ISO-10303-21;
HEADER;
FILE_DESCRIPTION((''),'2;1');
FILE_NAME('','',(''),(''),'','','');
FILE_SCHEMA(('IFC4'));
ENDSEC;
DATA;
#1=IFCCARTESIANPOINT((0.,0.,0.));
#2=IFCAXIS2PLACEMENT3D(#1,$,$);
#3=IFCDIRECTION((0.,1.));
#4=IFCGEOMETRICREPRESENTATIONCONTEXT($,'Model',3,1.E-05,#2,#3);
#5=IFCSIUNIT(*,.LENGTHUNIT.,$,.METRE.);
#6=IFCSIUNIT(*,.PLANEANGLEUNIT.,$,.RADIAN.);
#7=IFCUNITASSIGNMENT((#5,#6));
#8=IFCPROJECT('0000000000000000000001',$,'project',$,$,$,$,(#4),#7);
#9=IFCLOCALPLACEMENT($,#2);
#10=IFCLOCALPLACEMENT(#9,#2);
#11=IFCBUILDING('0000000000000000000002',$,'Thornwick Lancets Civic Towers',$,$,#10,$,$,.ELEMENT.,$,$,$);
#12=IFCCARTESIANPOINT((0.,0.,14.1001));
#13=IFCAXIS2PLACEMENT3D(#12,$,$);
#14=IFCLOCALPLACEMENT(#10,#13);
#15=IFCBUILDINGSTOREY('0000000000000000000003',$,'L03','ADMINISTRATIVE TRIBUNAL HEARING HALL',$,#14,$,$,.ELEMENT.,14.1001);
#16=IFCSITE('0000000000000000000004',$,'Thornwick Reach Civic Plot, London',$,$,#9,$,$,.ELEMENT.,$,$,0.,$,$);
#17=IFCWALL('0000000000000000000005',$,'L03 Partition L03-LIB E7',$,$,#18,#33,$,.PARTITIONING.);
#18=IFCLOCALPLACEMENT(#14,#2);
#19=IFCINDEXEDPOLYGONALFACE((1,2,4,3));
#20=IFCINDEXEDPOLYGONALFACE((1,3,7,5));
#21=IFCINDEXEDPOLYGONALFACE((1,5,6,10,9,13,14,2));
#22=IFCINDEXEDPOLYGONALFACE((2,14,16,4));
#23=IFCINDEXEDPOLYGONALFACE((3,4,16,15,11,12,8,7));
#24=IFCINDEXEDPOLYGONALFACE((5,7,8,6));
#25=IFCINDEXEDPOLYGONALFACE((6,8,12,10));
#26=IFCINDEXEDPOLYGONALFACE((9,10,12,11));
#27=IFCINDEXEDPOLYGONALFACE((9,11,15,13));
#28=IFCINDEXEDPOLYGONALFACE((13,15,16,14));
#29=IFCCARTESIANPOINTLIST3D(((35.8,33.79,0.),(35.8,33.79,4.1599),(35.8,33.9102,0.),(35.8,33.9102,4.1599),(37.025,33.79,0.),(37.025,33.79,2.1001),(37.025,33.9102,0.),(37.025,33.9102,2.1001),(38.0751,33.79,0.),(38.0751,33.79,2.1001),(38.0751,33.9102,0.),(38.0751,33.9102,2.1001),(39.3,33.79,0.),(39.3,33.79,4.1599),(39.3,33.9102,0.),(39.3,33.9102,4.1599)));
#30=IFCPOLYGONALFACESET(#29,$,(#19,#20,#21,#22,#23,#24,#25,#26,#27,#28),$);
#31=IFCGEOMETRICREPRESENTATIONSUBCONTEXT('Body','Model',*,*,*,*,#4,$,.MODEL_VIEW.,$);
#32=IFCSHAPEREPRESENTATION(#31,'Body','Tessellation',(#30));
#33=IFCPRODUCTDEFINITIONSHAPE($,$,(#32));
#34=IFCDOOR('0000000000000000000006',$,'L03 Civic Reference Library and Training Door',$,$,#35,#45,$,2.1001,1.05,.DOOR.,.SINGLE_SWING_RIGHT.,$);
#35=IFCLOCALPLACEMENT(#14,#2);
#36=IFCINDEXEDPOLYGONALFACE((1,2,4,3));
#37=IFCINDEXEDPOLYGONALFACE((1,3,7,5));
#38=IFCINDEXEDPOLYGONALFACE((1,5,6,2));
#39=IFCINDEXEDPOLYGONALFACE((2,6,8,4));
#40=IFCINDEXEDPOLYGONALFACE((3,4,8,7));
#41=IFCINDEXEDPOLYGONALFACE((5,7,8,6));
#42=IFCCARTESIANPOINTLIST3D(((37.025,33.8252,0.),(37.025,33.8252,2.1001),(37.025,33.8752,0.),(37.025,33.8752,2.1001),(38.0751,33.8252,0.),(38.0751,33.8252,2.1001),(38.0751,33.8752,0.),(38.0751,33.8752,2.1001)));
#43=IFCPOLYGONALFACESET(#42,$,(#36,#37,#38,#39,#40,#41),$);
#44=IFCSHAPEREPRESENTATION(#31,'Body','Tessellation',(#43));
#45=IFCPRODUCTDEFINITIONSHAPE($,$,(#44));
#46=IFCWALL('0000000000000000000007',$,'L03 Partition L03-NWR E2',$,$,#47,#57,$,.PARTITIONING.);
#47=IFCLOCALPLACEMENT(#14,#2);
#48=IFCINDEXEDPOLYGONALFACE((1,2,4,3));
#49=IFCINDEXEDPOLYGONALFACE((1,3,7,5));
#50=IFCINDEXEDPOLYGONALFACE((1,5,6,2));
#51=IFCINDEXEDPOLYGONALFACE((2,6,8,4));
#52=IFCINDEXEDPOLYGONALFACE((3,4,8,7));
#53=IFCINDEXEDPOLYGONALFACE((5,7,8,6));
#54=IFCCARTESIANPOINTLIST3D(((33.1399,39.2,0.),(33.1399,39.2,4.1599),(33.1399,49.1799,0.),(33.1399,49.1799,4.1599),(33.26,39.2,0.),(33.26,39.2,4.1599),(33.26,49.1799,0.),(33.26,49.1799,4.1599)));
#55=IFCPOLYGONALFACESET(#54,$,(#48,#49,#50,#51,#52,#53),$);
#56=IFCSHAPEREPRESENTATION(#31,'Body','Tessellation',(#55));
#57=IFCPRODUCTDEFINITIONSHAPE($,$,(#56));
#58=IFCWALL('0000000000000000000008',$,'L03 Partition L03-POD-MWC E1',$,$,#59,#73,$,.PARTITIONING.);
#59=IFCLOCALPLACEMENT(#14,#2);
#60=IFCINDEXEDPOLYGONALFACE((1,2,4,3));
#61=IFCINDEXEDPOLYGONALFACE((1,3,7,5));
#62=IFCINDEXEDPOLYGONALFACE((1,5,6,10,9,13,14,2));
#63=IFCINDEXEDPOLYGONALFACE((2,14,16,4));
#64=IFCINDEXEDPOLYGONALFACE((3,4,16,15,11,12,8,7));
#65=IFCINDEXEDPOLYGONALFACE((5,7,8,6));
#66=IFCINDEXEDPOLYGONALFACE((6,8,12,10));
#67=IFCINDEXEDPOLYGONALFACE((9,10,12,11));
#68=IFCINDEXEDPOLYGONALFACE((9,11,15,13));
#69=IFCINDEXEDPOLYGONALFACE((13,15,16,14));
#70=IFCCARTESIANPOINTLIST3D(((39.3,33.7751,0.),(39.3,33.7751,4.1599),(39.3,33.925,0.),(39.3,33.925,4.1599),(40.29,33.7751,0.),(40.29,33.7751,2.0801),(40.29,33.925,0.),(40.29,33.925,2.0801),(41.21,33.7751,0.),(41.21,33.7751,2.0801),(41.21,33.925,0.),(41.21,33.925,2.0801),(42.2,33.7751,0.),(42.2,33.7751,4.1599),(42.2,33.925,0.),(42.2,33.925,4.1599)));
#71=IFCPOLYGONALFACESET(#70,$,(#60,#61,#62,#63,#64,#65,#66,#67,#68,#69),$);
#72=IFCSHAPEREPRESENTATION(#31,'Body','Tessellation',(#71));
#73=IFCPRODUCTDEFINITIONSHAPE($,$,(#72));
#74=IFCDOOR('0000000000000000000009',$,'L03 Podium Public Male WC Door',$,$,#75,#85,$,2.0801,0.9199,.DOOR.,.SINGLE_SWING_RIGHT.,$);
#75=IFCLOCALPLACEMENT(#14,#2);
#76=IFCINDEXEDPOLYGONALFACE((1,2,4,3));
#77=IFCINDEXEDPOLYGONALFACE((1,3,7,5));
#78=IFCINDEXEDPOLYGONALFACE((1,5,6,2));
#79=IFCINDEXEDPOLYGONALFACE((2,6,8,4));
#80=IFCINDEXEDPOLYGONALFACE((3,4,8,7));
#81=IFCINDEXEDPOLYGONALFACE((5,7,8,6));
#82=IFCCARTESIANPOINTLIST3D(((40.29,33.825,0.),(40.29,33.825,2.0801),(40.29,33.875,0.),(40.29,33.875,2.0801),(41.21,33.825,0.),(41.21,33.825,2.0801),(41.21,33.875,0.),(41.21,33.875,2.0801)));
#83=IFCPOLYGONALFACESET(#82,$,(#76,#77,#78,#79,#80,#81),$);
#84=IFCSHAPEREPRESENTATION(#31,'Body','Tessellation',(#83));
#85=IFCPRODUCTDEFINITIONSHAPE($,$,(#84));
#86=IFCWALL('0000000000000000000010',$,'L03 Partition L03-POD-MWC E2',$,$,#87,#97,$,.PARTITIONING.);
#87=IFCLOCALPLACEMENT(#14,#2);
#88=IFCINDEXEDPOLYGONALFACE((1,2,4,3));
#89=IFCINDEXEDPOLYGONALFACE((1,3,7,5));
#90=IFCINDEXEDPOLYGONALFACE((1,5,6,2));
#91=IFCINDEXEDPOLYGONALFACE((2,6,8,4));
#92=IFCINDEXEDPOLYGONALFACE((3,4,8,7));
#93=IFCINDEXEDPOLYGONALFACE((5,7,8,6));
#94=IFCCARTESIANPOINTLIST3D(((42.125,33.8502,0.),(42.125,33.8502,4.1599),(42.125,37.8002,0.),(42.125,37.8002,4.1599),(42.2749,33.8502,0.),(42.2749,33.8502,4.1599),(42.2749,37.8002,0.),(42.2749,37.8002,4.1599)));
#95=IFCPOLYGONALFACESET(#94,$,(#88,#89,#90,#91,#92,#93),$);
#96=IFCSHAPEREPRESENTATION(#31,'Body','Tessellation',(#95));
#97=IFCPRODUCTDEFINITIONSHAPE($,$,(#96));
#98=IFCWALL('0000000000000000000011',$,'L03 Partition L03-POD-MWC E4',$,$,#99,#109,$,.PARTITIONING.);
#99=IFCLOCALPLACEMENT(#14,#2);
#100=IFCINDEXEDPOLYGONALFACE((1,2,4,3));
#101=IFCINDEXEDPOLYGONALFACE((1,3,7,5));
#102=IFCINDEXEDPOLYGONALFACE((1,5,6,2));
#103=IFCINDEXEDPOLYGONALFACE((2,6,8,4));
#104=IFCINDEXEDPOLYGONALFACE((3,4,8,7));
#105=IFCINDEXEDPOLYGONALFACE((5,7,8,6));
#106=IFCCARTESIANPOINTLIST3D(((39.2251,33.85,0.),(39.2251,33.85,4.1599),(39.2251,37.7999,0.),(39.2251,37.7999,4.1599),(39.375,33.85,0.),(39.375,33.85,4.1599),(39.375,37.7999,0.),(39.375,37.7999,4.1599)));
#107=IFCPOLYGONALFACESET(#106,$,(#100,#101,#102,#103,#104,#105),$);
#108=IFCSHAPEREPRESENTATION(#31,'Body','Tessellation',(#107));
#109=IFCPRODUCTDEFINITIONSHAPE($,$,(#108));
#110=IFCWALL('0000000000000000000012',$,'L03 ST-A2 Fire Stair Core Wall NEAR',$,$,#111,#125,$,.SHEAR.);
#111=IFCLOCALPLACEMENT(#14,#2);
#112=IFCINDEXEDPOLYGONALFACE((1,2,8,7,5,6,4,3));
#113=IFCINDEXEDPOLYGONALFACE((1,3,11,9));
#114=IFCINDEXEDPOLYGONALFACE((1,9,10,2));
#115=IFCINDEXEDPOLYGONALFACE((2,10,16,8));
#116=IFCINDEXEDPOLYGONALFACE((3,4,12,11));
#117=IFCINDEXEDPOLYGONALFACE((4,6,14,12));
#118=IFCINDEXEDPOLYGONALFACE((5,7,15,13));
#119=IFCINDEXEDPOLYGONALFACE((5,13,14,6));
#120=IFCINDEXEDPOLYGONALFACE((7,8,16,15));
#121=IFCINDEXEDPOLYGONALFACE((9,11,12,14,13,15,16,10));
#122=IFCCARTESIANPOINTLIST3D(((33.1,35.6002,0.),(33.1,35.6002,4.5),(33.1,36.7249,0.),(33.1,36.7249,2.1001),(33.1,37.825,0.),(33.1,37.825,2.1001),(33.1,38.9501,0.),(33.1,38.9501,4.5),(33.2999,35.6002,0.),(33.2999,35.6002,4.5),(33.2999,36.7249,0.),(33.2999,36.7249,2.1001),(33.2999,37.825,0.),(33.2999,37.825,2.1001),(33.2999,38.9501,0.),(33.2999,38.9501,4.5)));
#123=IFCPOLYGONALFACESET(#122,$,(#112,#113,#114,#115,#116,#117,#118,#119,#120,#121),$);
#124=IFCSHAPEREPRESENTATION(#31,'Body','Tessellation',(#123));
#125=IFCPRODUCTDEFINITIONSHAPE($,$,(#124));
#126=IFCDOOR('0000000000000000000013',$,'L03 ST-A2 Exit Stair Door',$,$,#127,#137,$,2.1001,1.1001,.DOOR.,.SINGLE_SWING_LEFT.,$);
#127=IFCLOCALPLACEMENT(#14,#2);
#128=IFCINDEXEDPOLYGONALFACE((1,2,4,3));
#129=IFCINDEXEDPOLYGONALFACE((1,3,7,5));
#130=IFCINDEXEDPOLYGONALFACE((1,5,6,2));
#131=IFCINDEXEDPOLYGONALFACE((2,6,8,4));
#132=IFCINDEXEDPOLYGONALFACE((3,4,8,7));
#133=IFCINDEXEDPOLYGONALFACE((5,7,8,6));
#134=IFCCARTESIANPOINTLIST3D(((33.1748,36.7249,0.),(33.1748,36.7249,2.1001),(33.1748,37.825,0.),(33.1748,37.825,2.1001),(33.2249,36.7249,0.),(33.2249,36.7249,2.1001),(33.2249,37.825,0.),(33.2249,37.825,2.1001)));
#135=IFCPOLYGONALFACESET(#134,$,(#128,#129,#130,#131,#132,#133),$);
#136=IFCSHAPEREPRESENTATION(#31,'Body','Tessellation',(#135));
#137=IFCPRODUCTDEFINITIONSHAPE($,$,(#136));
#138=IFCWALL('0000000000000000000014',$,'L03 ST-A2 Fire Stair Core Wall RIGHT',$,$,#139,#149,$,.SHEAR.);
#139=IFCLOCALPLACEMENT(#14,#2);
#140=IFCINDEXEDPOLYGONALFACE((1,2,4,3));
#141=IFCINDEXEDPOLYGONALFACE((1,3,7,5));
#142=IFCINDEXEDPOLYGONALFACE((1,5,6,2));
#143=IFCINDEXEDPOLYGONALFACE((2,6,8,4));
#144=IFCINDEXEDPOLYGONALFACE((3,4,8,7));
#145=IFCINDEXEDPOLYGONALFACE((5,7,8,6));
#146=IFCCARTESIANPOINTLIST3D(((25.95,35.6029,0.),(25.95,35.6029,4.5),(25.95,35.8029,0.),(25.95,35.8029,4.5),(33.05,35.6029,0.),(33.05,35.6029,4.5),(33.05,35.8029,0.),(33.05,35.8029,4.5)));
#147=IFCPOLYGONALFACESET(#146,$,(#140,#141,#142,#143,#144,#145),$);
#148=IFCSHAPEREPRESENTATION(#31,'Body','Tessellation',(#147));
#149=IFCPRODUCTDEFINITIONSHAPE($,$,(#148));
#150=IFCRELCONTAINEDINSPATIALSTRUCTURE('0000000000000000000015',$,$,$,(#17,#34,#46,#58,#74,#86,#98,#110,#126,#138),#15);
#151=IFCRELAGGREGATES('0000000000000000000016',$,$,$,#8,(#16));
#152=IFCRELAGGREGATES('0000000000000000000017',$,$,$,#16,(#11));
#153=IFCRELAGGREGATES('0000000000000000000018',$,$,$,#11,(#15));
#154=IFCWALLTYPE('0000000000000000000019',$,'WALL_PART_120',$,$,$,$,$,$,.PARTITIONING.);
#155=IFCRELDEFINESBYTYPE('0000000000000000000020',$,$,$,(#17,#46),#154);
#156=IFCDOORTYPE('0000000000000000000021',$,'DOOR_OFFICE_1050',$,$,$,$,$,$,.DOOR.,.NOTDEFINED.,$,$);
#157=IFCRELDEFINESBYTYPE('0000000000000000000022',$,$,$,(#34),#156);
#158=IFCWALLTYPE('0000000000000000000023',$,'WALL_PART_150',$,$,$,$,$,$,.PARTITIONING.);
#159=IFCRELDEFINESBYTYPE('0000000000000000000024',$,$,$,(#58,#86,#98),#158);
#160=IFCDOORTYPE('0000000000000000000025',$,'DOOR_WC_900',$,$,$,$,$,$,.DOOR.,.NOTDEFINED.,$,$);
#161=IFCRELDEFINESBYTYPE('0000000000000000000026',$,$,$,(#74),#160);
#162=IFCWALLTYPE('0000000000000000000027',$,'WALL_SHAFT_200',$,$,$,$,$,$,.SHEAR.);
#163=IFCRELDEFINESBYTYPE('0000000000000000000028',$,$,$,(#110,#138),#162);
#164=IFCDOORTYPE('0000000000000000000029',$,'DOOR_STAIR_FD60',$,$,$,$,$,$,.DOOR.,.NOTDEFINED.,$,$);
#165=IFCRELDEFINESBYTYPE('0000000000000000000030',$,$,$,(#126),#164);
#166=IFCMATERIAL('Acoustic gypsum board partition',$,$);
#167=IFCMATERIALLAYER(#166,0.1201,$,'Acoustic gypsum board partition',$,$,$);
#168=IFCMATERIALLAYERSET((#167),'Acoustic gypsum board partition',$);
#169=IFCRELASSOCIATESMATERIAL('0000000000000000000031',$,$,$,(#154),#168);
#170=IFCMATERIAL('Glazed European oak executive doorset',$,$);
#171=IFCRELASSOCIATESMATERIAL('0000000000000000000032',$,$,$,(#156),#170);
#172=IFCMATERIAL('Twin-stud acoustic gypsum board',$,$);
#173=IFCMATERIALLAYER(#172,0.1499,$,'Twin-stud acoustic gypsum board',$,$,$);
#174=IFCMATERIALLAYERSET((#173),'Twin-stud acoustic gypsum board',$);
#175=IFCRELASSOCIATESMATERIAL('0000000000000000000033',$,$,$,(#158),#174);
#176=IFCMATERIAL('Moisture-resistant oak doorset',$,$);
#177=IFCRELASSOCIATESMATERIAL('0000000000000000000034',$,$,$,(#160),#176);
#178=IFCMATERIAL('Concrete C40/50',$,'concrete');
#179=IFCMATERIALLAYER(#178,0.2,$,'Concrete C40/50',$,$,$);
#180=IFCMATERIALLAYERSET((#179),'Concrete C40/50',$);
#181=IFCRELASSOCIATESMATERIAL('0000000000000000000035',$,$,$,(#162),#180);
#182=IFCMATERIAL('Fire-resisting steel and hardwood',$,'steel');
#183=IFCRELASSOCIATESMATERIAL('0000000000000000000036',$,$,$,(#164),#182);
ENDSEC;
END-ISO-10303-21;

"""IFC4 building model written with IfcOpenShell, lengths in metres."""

from ifc_helpers import new_model, si_unit, direction, frame, frame_2d, origin, place, context, subcontext, project, spatial, rectangle, extrude, material, layer, layer_set, type_object, element, fill, save


model = new_model("IFC4")

# Units and contexts
model_context = context("Model", 3, precision=1e-05, world=origin(), true_north=direction((0.0, 1.0)))
body_context = subcontext(model_context, "Body", "Model", "MODEL_VIEW")
ifc_project = project(units=[si_unit("LENGTHUNIT", "METRE"), si_unit("PLANEANGLEUNIT", "RADIAN")], contexts=[model_context])

# Site, building, storey
site_placement = place(None, origin())
site = spatial("IfcSite", under=ifc_project, at=site_placement, Name="Thornwick Reach Civic Plot, London", CompositionType="ELEMENT", RefElevation=0.0)
building_placement = place(site_placement, origin())
building = spatial("IfcBuilding", under=site, at=building_placement, Name="Thornwick Lancets Civic Towers", CompositionType="ELEMENT")
storey_placement = place(building_placement, frame((0.0, 0.0, 14.1001)))
storey = spatial("IfcBuildingStorey", under=building, at=storey_placement, Name="L03", Description="ADMINISTRATIVE TRIBUNAL HEARING HALL", CompositionType="ELEMENT", Elevation=14.1001)

# Shared definitions
ifc_material_1 = material(Name="Concrete C40/50", Category="concrete")

# Shared definitions
ifc_material_2 = material(Name="Acoustic gypsum board partition")
ifc_layer_1 = layer(ifc_material_2, 0.1201, Name="Acoustic gypsum board partition")
ifc_layer_set_1 = layer_set([ifc_layer_1], Name="Acoustic gypsum board partition")
wall_type_1 = type_object("IfcWallType", Name="WALL_PART_120", PredefinedType="PARTITIONING", material=ifc_layer_set_1)

# Wall, opening, door
wall_1_placement = place(storey_placement, frame((39.3, 33.8501, 0.0), z_axis=(0.0, 0.0, 1.0), x_axis=(-1.0, 0.0, 0.0)))
wall_1 = element("IfcWall", 1, at=wall_1_placement, inside=storey, type_object=wall_type_1, Name="L03 Partition L03-LIB E7", PredefinedType="PARTITIONING", context=body_context, shape_type="SweptSolid", body=[
    extrude(rectangle(XDim=3.5, YDim=0.1201, at=frame_2d((1.75, 0.0))), origin(), (0.0, 0.0, 1.0), 4.1599),
])
opening_1_placement = place(wall_1_placement, frame((1.2251, 0.0, 0.0)))
opening_1 = element("IfcOpeningElement", 2, at=opening_1_placement, cuts=wall_1, PredefinedType="OPENING", context=body_context, shape_type="SweptSolid", body=[
    extrude(rectangle(XDim=1.05, YDim=2.1001, at=frame_2d((0.5249, 1.05))), frame((0.0, 0.0701, 0.0), z_axis=(0.0, -1.0, 0.0), x_axis=(1.0, 0.0, 0.0)), (0.0, 0.0, 1.0), 0.1401),
])
ifc_material_3 = material(Name="Glazed European oak executive doorset")
door_type_1 = type_object("IfcDoorType", Name="DOOR_OFFICE_1050", OperationType="NOTDEFINED", PredefinedType="DOOR", material=ifc_material_3)
door_1_placement = place(opening_1_placement, origin())
door_1 = element("IfcDoor", 3, at=door_1_placement, inside=storey, type_object=door_type_1, Name="L03 Civic Reference Library and Training Door", OperationType="SINGLE_SWING_RIGHT", OverallHeight=2.1001, OverallWidth=1.05, PredefinedType="DOOR", context=body_context, shape_type="SweptSolid", body=[
    extrude(rectangle(XDim=1.05, YDim=2.1001, at=frame_2d((0.5249, 1.05))), frame((0.0, 0.0249, 0.0), z_axis=(0.0, -1.0, 0.0), x_axis=(1.0, 0.0, 0.0)), (0.0, 0.0, 1.0), 0.05),
])
fill(opening_1, door_1)

# Wall
wall_2_placement = place(storey_placement, frame((33.2, 49.1799, 0.0), z_axis=(0.0, 0.0, 1.0), x_axis=(0.0, -1.0, 0.0)))
element("IfcWall", 4, at=wall_2_placement, inside=storey, type_object=wall_type_1, Name="L03 Partition L03-NWR E2", PredefinedType="PARTITIONING", context=body_context, shape_type="SweptSolid", body=[
    extrude(rectangle(XDim=9.98, YDim=0.1201, at=frame_2d((4.99, 0.0))), origin(), (0.0, 0.0, 1.0), 4.1599),
])

# Wall, opening, door
ifc_material_4 = material(Name="Twin-stud acoustic gypsum board")
ifc_layer_2 = layer(ifc_material_4, 0.1499, Name="Twin-stud acoustic gypsum board")
ifc_layer_set_2 = layer_set([ifc_layer_2], Name="Twin-stud acoustic gypsum board")
wall_type_2 = type_object("IfcWallType", Name="WALL_PART_150", PredefinedType="PARTITIONING", material=ifc_layer_set_2)
wall_3_placement = place(storey_placement, frame((39.3, 33.8501, 0.0), z_axis=(0.0, 0.0, 1.0), x_axis=(1.0, 0.0, 0.0)))
wall_3 = element("IfcWall", 5, at=wall_3_placement, inside=storey, type_object=wall_type_2, Name="L03 Partition L03-POD-MWC E1", PredefinedType="PARTITIONING", context=body_context, shape_type="SweptSolid", body=[
    extrude(rectangle(XDim=2.8999, YDim=0.1499, at=frame_2d((1.45, 0.0))), origin(), (0.0, 0.0, 1.0), 4.1599),
])
opening_2_placement = place(wall_3_placement, frame((0.99, 0.0, 0.0)))
opening_2 = element("IfcOpeningElement", 6, at=opening_2_placement, cuts=wall_3, PredefinedType="OPENING", context=body_context, shape_type="SweptSolid", body=[
    extrude(rectangle(XDim=0.9199, YDim=2.0801, at=frame_2d((0.46, 1.04))), frame((0.0, 0.085, 0.0), z_axis=(0.0, -1.0, 0.0), x_axis=(1.0, 0.0, 0.0)), (0.0, 0.0, 1.0), 0.1699),
])
ifc_material_5 = material(Name="Moisture-resistant oak doorset")
door_type_2 = type_object("IfcDoorType", Name="DOOR_WC_900", OperationType="NOTDEFINED", PredefinedType="DOOR", material=ifc_material_5)
door_2_placement = place(opening_2_placement, origin())
door_2 = element("IfcDoor", 7, at=door_2_placement, inside=storey, type_object=door_type_2, Name="L03 Podium Public Male WC Door", OperationType="SINGLE_SWING_RIGHT", OverallHeight=2.0801, OverallWidth=0.9199, PredefinedType="DOOR", context=body_context, shape_type="SweptSolid", body=[
    extrude(rectangle(XDim=0.9199, YDim=2.0801, at=frame_2d((0.46, 1.04))), frame((0.0, 0.0249, 0.0), z_axis=(0.0, -1.0, 0.0), x_axis=(1.0, 0.0, 0.0)), (0.0, 0.0, 1.0), 0.05),
])
fill(opening_2, door_2)

# Walls
for number, where, z_axis, x_axis, name in (
    (8, (42.2, 33.8501, 0.0), (0.0, 0.0, 1.0), (0.0, 1.0, 0.0), "L03 Partition L03-POD-MWC E2"),
    (9, (39.3, 37.8, 0.0), (0.0, 0.0, 1.0), (0.0, -1.0, 0.0), "L03 Partition L03-POD-MWC E4"),
):
    element("IfcWall", number, at=place(storey_placement, frame(where, z_axis=z_axis, x_axis=x_axis)), inside=storey, type_object=wall_type_2, Name=name, PredefinedType="PARTITIONING", context=body_context, shape_type="SweptSolid", body=[
        extrude(rectangle(XDim=3.95, YDim=0.1499, at=frame_2d((1.9751, 0.0))), origin(), (0.0, 0.0, 1.0), 4.1599),
    ])

# Wall, opening, door
ifc_layer_3 = layer(ifc_material_1, 0.2, Name="Concrete C40/50")
ifc_layer_set_3 = layer_set([ifc_layer_3], Name="Concrete C40/50")
wall_type_3 = type_object("IfcWallType", Name="WALL_SHAFT_200", PredefinedType="SHEAR", material=ifc_layer_set_3)
wall_4_placement = place(storey_placement, frame((33.2, 38.95, 0.0), z_axis=(0.0, 0.0, 1.0), x_axis=(0.0, -1.0, 0.0)))
wall_4 = element("IfcWall", 10, at=wall_4_placement, inside=storey, type_object=wall_type_3, Name="L03 ST-A2 Fire Stair Core Wall NEAR", PredefinedType="SHEAR", context=body_context, shape_type="SweptSolid", body=[
    extrude(rectangle(XDim=3.3499, YDim=0.2, at=frame_2d((1.6748, 0.0))), origin(), (0.0, 0.0, 1.0), 4.5),
])
opening_3_placement = place(wall_4_placement, frame((1.125, 0.0, 0.0)))
opening_3 = element("IfcOpeningElement", 11, at=opening_3_placement, cuts=wall_4, PredefinedType="OPENING", context=body_context, shape_type="SweptSolid", body=[
    extrude(rectangle(XDim=1.1001, YDim=2.1001, at=frame_2d((0.55, 1.05))), frame((0.0, 0.1099, 0.0), z_axis=(0.0, -1.0, 0.0), x_axis=(1.0, 0.0, 0.0)), (0.0, 0.0, 1.0), 0.22),
])
ifc_material_6 = material(Name="Fire-resisting steel and hardwood", Category="steel")
door_type_3 = type_object("IfcDoorType", Name="DOOR_STAIR_FD60", OperationType="NOTDEFINED", PredefinedType="DOOR", material=ifc_material_6)
door_3_placement = place(opening_3_placement, origin())
door_3 = element("IfcDoor", 12, at=door_3_placement, inside=storey, type_object=door_type_3, Name="L03 ST-A2 Exit Stair Door", OperationType="SINGLE_SWING_LEFT", OverallHeight=2.1001, OverallWidth=1.1001, PredefinedType="DOOR", context=body_context, shape_type="SweptSolid", body=[
    extrude(rectangle(XDim=1.1001, YDim=2.1001, at=frame_2d((0.55, 1.05))), frame((0.0, 0.0249, 0.0), z_axis=(0.0, -1.0, 0.0), x_axis=(1.0, 0.0, 0.0)), (0.0, 0.0, 1.0), 0.05),
])
fill(opening_3, door_3)

# Wall
wall_5_placement = place(storey_placement, frame((25.95, 35.7029, 0.0), z_axis=(0.0, 0.0, 1.0), x_axis=(1.0, 0.0, 0.0)))
element("IfcWall", 13, at=wall_5_placement, inside=storey, type_object=wall_type_3, Name="L03 ST-A2 Fire Stair Core Wall RIGHT", PredefinedType="SHEAR", context=body_context, shape_type="SweptSolid", body=[
    extrude(rectangle(XDim=7.1001, YDim=0.2, at=frame_2d((3.55, 0.0))), origin(), (0.0, 0.0, 1.0), 4.5),
])

save(model, "model.ifc")
